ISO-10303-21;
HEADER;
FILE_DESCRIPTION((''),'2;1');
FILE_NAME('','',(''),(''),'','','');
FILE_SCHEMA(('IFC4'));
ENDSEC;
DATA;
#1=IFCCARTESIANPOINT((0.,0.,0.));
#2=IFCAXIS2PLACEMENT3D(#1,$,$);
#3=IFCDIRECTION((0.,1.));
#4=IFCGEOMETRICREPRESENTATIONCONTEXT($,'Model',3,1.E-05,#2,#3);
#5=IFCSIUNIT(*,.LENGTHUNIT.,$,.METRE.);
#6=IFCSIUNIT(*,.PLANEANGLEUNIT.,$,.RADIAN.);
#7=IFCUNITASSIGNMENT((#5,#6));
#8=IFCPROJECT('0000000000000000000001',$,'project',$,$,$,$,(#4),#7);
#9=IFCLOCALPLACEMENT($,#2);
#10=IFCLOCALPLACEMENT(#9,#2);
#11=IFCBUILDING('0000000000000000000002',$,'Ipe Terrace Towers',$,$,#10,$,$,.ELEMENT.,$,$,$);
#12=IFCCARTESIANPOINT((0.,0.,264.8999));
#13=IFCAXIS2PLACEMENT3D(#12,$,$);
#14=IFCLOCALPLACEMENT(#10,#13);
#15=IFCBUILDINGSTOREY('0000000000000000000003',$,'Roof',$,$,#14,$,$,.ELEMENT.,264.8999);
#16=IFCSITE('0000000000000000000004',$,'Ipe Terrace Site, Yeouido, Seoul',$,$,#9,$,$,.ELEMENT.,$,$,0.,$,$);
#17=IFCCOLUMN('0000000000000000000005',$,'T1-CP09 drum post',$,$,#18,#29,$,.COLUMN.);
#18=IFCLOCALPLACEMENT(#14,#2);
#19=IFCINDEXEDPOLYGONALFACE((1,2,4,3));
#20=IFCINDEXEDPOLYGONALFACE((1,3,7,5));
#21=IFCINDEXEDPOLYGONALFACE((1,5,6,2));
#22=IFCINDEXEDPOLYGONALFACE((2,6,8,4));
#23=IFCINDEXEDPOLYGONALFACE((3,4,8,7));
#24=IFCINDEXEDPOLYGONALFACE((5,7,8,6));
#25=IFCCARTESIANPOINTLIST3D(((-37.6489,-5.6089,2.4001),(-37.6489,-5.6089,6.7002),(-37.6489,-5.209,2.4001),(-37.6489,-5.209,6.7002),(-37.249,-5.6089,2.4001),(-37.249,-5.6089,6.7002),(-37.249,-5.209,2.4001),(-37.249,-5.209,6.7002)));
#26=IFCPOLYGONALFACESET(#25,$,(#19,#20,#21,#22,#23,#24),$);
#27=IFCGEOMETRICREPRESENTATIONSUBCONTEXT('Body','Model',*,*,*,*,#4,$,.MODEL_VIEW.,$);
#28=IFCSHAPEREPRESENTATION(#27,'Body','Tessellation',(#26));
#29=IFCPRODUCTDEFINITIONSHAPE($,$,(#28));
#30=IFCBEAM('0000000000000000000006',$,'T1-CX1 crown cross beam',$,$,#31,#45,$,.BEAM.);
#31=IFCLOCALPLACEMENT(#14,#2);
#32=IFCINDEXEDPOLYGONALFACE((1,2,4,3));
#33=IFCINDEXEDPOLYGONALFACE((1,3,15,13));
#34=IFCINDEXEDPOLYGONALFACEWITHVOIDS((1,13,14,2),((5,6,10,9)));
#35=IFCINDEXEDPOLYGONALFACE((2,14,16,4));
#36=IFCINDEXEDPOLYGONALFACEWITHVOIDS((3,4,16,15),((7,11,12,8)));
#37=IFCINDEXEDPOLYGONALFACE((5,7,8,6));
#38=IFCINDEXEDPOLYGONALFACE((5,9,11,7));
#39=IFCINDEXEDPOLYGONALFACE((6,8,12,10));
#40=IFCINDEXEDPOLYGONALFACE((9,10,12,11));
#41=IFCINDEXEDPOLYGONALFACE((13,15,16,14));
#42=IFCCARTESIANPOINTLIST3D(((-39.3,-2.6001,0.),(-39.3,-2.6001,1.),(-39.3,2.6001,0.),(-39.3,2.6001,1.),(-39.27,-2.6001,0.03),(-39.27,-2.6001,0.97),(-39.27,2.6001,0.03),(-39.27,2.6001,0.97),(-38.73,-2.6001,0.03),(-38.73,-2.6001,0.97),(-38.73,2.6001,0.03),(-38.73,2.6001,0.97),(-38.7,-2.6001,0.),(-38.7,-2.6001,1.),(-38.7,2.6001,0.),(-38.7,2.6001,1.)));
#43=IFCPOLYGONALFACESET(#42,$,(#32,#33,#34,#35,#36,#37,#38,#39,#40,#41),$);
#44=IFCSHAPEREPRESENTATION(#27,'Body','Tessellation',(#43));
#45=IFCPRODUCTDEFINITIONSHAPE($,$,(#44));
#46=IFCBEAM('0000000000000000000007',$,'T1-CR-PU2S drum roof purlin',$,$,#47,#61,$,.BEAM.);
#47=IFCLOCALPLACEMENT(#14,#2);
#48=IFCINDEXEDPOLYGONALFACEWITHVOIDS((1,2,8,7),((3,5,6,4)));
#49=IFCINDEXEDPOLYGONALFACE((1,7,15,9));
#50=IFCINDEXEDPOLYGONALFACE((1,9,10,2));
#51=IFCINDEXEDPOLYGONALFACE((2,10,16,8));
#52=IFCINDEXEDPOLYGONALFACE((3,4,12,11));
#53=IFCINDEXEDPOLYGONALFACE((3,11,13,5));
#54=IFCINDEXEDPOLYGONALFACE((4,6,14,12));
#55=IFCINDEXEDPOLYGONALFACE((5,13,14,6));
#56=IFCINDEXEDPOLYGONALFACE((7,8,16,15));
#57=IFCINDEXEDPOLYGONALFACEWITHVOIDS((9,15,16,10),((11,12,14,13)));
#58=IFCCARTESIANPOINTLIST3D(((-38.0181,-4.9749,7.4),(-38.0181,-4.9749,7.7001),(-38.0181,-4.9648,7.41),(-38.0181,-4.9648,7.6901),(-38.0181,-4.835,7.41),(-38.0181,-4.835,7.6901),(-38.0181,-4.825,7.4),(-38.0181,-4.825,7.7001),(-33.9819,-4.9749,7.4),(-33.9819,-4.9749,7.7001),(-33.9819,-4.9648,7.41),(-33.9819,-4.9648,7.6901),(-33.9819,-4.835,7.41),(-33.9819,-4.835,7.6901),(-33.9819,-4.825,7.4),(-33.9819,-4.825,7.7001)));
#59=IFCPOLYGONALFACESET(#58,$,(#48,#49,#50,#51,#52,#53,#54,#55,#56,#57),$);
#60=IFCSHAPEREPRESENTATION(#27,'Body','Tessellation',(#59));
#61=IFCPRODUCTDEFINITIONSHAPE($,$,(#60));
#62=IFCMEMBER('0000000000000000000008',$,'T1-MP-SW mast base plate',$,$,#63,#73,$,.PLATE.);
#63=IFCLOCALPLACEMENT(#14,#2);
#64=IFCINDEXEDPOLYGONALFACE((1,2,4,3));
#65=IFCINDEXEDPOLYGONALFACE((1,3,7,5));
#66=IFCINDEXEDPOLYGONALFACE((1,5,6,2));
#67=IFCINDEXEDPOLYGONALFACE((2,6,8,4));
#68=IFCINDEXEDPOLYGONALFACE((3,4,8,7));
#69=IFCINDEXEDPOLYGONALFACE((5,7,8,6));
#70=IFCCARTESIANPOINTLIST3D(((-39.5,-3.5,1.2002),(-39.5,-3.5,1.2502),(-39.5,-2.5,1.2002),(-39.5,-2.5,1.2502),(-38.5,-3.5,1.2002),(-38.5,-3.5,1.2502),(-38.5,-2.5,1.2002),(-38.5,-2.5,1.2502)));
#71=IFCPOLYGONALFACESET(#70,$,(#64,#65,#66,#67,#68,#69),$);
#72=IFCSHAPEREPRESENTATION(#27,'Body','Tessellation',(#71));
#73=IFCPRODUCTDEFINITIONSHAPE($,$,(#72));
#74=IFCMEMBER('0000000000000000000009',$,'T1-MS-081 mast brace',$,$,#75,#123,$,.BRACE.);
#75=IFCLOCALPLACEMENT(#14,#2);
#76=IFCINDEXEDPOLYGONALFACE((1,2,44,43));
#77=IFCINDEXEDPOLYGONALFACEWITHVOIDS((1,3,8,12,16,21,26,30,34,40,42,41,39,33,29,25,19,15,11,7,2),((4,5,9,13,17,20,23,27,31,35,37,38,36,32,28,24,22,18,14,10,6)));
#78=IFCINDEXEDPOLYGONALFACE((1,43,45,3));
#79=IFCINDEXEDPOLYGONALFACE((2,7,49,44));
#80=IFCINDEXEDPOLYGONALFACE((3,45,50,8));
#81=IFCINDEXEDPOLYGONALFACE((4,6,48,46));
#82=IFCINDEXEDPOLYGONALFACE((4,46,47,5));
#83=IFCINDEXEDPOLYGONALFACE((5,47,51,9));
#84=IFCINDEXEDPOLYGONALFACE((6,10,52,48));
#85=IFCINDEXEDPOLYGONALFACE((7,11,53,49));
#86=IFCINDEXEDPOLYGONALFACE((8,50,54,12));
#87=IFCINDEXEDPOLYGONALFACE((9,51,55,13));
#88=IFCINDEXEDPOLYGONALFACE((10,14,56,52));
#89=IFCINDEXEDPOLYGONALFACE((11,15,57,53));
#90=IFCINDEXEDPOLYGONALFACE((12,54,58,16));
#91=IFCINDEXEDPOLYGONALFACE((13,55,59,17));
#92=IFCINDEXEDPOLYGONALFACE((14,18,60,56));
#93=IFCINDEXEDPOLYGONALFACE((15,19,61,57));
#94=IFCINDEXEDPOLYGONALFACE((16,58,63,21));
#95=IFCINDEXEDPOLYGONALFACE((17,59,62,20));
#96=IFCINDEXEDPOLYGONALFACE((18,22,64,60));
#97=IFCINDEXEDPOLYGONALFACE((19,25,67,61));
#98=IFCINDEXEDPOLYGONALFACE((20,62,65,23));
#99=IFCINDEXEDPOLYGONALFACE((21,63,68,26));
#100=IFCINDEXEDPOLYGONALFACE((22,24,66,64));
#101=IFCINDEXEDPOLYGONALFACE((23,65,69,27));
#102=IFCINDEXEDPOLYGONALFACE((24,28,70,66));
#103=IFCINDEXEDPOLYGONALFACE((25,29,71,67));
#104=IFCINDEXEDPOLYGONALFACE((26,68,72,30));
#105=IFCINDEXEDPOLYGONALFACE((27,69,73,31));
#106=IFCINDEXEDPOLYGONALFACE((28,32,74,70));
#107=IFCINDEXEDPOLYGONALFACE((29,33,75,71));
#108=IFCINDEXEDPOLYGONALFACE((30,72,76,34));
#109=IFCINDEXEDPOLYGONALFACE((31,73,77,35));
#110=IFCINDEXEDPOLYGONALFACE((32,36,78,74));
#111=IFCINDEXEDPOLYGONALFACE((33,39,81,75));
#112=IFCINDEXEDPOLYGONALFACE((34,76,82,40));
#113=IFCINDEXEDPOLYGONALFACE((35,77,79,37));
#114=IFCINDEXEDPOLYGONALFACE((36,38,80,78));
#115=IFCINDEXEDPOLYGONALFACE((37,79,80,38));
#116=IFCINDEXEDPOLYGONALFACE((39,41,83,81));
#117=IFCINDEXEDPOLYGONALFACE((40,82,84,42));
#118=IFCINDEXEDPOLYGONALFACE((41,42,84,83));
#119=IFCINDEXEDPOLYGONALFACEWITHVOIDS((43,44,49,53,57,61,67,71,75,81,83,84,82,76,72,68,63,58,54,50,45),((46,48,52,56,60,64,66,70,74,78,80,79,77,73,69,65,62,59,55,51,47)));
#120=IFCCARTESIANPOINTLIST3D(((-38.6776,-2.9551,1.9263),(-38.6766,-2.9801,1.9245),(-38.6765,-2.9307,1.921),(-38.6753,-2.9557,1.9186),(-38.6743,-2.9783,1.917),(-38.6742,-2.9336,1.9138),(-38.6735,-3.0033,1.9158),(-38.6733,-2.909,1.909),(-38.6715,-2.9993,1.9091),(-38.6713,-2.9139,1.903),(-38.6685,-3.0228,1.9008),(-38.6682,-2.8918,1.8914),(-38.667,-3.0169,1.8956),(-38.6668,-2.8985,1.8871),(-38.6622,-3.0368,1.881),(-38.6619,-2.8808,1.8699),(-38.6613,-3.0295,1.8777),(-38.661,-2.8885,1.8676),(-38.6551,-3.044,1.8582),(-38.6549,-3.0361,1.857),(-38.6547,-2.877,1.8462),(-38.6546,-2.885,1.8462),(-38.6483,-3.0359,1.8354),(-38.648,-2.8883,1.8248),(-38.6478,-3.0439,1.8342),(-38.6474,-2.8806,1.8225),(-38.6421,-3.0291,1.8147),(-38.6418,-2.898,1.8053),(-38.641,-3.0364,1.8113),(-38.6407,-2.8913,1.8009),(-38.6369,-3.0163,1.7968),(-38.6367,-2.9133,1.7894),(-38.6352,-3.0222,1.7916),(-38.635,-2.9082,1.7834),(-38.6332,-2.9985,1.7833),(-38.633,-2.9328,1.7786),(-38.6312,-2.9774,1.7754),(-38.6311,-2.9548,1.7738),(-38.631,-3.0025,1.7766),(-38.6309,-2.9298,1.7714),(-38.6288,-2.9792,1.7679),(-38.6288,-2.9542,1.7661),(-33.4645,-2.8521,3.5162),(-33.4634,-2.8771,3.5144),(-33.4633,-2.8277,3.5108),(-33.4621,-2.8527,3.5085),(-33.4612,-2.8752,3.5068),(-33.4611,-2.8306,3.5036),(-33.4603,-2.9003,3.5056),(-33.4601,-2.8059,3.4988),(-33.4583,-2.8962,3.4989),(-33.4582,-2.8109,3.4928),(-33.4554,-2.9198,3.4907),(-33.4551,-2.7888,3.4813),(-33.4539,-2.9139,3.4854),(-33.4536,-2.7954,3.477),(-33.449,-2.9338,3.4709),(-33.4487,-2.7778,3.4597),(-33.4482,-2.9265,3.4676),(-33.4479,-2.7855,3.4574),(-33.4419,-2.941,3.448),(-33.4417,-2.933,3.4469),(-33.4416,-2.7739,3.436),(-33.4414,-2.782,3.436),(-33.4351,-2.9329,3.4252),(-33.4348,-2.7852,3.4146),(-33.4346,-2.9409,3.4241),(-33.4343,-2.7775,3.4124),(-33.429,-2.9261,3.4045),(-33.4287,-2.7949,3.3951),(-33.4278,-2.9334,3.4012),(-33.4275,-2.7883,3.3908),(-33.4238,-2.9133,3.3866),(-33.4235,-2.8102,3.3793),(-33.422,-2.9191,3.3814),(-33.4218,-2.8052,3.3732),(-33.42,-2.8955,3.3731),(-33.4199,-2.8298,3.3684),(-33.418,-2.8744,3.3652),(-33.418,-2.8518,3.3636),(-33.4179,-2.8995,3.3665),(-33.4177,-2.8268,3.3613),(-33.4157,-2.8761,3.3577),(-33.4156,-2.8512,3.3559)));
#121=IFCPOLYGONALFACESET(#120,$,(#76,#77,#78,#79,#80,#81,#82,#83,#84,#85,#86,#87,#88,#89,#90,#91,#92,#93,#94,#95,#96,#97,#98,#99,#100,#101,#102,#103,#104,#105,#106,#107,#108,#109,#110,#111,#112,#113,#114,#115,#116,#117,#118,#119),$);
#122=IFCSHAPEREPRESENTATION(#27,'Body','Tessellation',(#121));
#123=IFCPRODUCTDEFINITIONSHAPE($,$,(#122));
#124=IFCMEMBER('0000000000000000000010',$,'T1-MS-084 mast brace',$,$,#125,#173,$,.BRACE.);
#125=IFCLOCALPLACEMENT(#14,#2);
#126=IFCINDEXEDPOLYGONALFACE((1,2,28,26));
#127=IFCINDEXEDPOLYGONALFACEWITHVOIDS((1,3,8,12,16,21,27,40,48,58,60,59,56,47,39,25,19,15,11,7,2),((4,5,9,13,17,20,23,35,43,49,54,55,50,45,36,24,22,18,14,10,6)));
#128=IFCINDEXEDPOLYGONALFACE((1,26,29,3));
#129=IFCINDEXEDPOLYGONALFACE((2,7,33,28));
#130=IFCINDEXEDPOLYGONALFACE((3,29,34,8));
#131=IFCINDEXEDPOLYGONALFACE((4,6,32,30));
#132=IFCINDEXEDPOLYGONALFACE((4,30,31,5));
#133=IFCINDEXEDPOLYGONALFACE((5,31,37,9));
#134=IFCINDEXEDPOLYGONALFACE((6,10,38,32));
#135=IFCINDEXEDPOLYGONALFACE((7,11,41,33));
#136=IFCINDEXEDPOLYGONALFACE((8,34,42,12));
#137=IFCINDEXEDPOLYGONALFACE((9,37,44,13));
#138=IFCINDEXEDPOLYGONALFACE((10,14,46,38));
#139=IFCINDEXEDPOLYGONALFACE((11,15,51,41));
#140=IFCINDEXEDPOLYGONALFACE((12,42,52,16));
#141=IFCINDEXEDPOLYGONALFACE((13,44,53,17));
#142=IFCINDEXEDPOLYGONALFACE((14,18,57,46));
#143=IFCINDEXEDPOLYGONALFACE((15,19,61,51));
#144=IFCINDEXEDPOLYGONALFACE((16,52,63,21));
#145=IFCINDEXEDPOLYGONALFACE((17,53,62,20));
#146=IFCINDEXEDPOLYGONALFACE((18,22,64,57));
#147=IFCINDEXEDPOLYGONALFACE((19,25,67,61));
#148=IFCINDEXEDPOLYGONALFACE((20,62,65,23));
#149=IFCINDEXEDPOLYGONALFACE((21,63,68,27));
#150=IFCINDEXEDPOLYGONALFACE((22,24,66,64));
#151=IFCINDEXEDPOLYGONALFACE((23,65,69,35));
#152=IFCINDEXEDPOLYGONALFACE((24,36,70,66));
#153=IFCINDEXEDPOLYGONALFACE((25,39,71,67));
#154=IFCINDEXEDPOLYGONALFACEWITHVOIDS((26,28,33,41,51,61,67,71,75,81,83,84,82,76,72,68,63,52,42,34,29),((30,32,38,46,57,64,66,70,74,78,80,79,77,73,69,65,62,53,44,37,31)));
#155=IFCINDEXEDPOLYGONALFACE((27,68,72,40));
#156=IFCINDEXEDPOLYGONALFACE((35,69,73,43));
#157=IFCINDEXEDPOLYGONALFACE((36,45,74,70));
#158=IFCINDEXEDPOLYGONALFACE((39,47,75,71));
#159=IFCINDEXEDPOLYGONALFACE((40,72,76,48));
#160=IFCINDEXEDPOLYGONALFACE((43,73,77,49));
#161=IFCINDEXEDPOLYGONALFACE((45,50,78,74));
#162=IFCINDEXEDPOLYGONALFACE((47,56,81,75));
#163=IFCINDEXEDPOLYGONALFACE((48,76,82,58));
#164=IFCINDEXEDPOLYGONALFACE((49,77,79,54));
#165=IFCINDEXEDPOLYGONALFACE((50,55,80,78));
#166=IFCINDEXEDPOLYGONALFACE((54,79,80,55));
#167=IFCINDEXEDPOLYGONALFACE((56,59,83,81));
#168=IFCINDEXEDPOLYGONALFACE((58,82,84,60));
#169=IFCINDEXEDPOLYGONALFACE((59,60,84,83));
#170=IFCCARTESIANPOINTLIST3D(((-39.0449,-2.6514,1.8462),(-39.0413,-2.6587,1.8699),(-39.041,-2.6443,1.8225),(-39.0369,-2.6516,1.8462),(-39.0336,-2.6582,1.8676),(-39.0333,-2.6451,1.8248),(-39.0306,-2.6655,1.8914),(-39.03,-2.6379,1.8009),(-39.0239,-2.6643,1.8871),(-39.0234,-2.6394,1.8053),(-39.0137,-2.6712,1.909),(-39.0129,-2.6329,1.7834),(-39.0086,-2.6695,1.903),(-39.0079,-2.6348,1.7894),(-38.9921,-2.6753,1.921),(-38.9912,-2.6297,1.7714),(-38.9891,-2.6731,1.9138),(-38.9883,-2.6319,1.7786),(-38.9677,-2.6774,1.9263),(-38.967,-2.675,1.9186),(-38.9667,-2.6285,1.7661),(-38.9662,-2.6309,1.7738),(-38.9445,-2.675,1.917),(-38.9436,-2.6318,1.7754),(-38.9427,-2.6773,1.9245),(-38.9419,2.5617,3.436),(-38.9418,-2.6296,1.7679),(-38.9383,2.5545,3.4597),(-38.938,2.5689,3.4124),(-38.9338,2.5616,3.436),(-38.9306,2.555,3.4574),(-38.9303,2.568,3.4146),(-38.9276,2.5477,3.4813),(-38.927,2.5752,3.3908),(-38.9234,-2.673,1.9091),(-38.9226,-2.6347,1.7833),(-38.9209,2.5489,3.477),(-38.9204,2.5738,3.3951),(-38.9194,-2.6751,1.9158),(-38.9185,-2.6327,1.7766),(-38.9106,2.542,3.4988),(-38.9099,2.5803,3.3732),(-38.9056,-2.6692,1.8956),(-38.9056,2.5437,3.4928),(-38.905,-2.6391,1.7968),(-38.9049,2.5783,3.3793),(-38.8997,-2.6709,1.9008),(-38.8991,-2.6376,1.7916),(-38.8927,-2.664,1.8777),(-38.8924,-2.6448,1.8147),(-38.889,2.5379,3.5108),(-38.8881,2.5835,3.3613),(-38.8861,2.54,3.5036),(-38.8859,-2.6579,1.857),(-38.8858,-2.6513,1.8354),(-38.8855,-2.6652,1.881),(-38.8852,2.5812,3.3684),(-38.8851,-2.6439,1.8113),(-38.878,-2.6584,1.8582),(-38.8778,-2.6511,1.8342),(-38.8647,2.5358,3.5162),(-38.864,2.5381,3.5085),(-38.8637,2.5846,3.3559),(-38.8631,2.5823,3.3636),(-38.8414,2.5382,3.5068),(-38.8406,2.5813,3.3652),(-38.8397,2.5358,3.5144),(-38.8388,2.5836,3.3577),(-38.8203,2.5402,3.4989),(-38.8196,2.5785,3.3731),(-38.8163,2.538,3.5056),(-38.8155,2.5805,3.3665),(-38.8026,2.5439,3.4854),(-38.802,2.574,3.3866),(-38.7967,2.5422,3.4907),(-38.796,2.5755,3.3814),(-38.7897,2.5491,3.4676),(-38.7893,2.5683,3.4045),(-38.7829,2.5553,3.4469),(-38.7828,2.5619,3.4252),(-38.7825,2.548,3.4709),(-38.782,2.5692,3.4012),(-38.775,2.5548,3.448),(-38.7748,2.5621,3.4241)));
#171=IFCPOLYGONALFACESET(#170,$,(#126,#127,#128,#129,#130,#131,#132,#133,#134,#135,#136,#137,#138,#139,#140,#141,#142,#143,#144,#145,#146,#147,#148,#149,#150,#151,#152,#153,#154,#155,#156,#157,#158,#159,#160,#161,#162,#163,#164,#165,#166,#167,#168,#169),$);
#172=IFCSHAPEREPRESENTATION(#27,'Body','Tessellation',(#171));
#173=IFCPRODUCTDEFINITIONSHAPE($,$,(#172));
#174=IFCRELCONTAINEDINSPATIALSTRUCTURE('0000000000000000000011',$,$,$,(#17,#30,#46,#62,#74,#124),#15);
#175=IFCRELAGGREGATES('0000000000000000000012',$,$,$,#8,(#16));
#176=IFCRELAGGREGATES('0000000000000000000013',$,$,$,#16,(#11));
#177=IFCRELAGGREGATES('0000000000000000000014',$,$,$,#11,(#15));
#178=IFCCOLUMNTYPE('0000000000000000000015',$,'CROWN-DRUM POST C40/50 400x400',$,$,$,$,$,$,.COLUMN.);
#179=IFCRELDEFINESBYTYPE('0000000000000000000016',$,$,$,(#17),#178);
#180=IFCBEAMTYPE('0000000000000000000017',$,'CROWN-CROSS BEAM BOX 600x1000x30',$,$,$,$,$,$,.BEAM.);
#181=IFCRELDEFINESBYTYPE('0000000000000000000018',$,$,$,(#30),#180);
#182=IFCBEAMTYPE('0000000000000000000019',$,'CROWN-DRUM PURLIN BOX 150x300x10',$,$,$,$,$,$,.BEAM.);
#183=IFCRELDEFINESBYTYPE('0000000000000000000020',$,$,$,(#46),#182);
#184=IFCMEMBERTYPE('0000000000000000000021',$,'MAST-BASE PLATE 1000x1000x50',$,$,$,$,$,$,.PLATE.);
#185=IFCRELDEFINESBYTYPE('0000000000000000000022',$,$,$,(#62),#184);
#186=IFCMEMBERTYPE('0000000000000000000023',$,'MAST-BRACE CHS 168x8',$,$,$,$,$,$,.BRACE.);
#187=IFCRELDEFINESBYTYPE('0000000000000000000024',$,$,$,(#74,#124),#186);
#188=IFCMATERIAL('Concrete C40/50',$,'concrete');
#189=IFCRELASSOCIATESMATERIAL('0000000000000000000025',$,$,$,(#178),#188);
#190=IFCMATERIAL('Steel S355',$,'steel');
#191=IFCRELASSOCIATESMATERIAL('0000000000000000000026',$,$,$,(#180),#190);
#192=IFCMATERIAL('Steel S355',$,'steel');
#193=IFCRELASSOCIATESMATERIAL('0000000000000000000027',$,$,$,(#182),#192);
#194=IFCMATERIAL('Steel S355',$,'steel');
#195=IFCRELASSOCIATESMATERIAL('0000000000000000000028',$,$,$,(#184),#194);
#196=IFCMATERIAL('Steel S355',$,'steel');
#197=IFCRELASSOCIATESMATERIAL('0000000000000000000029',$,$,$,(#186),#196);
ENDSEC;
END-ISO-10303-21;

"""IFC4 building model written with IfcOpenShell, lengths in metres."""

from ifc_helpers import new_model, si_unit, direction, frame, origin, origin_2d, place, context, subcontext, project, spatial, rectangle, hollow_rectangle, hollow_circle, extrude, material, material_profile, profile_set, type_object, element, save


model = new_model("IFC4")

# Units and contexts
model_context = context("Model", 3, precision=1e-05, world=origin(), true_north=direction((0.0, 1.0)))
body_context = subcontext(model_context, "Body", "Model", "MODEL_VIEW")
ifc_project = project(units=[si_unit("LENGTHUNIT", "METRE"), si_unit("PLANEANGLEUNIT", "RADIAN")], contexts=[model_context])

# Site, building, storey
site_placement = place(None, origin())
site = spatial("IfcSite", under=ifc_project, at=site_placement, Name="Ipe Terrace Site, Yeouido, Seoul", CompositionType="ELEMENT", RefElevation=0.0)
building_placement = place(site_placement, origin())
building = spatial("IfcBuilding", under=site, at=building_placement, Name="Ipe Terrace Towers", CompositionType="ELEMENT")
storey_placement = place(building_placement, frame((0.0, 0.0, 264.8999)))
storey = spatial("IfcBuildingStorey", under=building, at=storey_placement, Name="Roof", CompositionType="ELEMENT", Elevation=264.8999)

# Column
ifc_material_1 = material(Name="Concrete C40/50", Category="concrete")
ifc_material_profile_1 = material_profile(ifc_material_1, rectangle(XDim=0.3999, YDim=0.3999, at=origin_2d()), Name="CROWN-DRUM POST C40/50 400x400")
ifc_profile_set_1 = profile_set([ifc_material_profile_1], Name="Concrete C40/50")
column_type = type_object("IfcColumnType", Name="CROWN-DRUM POST C40/50 400x400", PredefinedType="COLUMN", material=ifc_profile_set_1)
column_placement = place(storey_placement, frame((-37.449, -5.4089, 2.4001), z_axis=(0.0, 0.0, 1.0), x_axis=(1.0, 0.0, 0.0)))
element("IfcColumn", 1, at=column_placement, inside=storey, type_object=column_type, Name="T1-CP09 drum post", PredefinedType="COLUMN", context=body_context, shape_type="SweptSolid", body=[
    extrude(rectangle(XDim=0.3999, YDim=0.3999, at=origin_2d()), origin(), (0.0, 0.0, 1.0), 4.3),
])

# Beams
ifc_material_2 = material(Name="Steel S355", Category="steel")
ifc_material_profile_2 = material_profile(ifc_material_2, hollow_rectangle(XDim=0.6001, YDim=1.0, WallThickness=0.03, at=origin_2d()), Name="CROWN-CROSS BEAM BOX 600x1000x30")
ifc_profile_set_2 = profile_set([ifc_material_profile_2], Name="Steel S355")
beam_type_1 = type_object("IfcBeamType", Name="CROWN-CROSS BEAM BOX 600x1000x30", PredefinedType="BEAM", material=ifc_profile_set_2)
beam_1_placement = place(storey_placement, frame((-39.0, -2.6001, 0.5), z_axis=(0.0, 1.0, 0.0), x_axis=(-1.0, 0.0, 0.0)))
element("IfcBeam", 2, at=beam_1_placement, inside=storey, type_object=beam_type_1, Name="T1-CX1 crown cross beam", PredefinedType="BEAM", context=body_context, shape_type="SweptSolid", body=[
    extrude(hollow_rectangle(XDim=0.6001, YDim=1.0, WallThickness=0.03, at=origin_2d()), origin(), (0.0, 0.0, 1.0), 5.2002),
])
ifc_material_3 = material(Name="Steel S355", Category="steel")
ifc_material_profile_3 = material_profile(ifc_material_3, hollow_rectangle(XDim=0.1499, YDim=0.3, WallThickness=0.01, at=origin_2d()), Name="CROWN-DRUM PURLIN BOX 150x300x10")
ifc_profile_set_3 = profile_set([ifc_material_profile_3], Name="Steel S355")
beam_type_2 = type_object("IfcBeamType", Name="CROWN-DRUM PURLIN BOX 150x300x10", PredefinedType="BEAM", material=ifc_profile_set_3)
beam_2_placement = place(storey_placement, frame((-38.0181, -4.8999, 7.55), z_axis=(1.0, 0.0, 0.0), x_axis=(0.0, 1.0, 0.0)))
element("IfcBeam", 3, at=beam_2_placement, inside=storey, type_object=beam_type_2, Name="T1-CR-PU2S drum roof purlin", PredefinedType="BEAM", context=body_context, shape_type="SweptSolid", body=[
    extrude(hollow_rectangle(XDim=0.1499, YDim=0.3, WallThickness=0.01, at=origin_2d()), origin(), (0.0, 0.0, 1.0), 4.0361),
])

# Members
ifc_material_4 = material(Name="Steel S355", Category="steel")
member_type_1 = type_object("IfcMemberType", Name="MAST-BASE PLATE 1000x1000x50", PredefinedType="PLATE", material=ifc_material_4)
member_1_placement = place(storey_placement, frame((-39.0, -3.0, 1.2002), z_axis=(0.0, 0.0, 1.0), x_axis=(1.0, 0.0, 0.0)))
element("IfcMember", 4, at=member_1_placement, inside=storey, type_object=member_type_1, Name="T1-MP-SW mast base plate", PredefinedType="PLATE", context=body_context, shape_type="SweptSolid", body=[
    extrude(rectangle(XDim=1.0, YDim=1.0, at=origin_2d()), origin(), (0.0, 0.0, 1.0), 0.05),
])
ifc_material_5 = material(Name="Steel S355", Category="steel")
ifc_material_profile_4 = material_profile(ifc_material_5, hollow_circle(Radius=0.084, WallThickness=0.0081, at=origin_2d()), Name="MAST-BRACE CHS 168x8")
ifc_profile_set_4 = profile_set([ifc_material_profile_4], Name="Steel S355")
member_type_2 = type_object("IfcMemberType", Name="MAST-BRACE CHS 168x8", PredefinedType="BRACE", material=ifc_profile_set_4)
for number, where, z_axis, x_axis, name in (
    (5, (-38.6531, -2.9609, 1.8462), (0.956337, 0.0189, 0.291653), (-0.019759, 0.999805, 0.0), "T1-MS-081 mast brace"),
    (6, (-38.9609, -2.6531, 1.8462), (0.0189, 0.956337, 0.291653), (-0.999805, 0.019759, 0.0), "T1-MS-084 mast brace"),
):
    element("IfcMember", number, at=place(storey_placement, frame(where, z_axis=z_axis, x_axis=x_axis)), inside=storey, type_object=member_type_2, Name=name, PredefinedType="BRACE", context=body_context, shape_type="SweptSolid", body=[
        extrude(hollow_circle(Radius=0.084, WallThickness=0.0081, at=origin_2d()), origin(), (0.0, 0.0, 1.0), 5.4512),
    ])

save(model, "model.ifc")
